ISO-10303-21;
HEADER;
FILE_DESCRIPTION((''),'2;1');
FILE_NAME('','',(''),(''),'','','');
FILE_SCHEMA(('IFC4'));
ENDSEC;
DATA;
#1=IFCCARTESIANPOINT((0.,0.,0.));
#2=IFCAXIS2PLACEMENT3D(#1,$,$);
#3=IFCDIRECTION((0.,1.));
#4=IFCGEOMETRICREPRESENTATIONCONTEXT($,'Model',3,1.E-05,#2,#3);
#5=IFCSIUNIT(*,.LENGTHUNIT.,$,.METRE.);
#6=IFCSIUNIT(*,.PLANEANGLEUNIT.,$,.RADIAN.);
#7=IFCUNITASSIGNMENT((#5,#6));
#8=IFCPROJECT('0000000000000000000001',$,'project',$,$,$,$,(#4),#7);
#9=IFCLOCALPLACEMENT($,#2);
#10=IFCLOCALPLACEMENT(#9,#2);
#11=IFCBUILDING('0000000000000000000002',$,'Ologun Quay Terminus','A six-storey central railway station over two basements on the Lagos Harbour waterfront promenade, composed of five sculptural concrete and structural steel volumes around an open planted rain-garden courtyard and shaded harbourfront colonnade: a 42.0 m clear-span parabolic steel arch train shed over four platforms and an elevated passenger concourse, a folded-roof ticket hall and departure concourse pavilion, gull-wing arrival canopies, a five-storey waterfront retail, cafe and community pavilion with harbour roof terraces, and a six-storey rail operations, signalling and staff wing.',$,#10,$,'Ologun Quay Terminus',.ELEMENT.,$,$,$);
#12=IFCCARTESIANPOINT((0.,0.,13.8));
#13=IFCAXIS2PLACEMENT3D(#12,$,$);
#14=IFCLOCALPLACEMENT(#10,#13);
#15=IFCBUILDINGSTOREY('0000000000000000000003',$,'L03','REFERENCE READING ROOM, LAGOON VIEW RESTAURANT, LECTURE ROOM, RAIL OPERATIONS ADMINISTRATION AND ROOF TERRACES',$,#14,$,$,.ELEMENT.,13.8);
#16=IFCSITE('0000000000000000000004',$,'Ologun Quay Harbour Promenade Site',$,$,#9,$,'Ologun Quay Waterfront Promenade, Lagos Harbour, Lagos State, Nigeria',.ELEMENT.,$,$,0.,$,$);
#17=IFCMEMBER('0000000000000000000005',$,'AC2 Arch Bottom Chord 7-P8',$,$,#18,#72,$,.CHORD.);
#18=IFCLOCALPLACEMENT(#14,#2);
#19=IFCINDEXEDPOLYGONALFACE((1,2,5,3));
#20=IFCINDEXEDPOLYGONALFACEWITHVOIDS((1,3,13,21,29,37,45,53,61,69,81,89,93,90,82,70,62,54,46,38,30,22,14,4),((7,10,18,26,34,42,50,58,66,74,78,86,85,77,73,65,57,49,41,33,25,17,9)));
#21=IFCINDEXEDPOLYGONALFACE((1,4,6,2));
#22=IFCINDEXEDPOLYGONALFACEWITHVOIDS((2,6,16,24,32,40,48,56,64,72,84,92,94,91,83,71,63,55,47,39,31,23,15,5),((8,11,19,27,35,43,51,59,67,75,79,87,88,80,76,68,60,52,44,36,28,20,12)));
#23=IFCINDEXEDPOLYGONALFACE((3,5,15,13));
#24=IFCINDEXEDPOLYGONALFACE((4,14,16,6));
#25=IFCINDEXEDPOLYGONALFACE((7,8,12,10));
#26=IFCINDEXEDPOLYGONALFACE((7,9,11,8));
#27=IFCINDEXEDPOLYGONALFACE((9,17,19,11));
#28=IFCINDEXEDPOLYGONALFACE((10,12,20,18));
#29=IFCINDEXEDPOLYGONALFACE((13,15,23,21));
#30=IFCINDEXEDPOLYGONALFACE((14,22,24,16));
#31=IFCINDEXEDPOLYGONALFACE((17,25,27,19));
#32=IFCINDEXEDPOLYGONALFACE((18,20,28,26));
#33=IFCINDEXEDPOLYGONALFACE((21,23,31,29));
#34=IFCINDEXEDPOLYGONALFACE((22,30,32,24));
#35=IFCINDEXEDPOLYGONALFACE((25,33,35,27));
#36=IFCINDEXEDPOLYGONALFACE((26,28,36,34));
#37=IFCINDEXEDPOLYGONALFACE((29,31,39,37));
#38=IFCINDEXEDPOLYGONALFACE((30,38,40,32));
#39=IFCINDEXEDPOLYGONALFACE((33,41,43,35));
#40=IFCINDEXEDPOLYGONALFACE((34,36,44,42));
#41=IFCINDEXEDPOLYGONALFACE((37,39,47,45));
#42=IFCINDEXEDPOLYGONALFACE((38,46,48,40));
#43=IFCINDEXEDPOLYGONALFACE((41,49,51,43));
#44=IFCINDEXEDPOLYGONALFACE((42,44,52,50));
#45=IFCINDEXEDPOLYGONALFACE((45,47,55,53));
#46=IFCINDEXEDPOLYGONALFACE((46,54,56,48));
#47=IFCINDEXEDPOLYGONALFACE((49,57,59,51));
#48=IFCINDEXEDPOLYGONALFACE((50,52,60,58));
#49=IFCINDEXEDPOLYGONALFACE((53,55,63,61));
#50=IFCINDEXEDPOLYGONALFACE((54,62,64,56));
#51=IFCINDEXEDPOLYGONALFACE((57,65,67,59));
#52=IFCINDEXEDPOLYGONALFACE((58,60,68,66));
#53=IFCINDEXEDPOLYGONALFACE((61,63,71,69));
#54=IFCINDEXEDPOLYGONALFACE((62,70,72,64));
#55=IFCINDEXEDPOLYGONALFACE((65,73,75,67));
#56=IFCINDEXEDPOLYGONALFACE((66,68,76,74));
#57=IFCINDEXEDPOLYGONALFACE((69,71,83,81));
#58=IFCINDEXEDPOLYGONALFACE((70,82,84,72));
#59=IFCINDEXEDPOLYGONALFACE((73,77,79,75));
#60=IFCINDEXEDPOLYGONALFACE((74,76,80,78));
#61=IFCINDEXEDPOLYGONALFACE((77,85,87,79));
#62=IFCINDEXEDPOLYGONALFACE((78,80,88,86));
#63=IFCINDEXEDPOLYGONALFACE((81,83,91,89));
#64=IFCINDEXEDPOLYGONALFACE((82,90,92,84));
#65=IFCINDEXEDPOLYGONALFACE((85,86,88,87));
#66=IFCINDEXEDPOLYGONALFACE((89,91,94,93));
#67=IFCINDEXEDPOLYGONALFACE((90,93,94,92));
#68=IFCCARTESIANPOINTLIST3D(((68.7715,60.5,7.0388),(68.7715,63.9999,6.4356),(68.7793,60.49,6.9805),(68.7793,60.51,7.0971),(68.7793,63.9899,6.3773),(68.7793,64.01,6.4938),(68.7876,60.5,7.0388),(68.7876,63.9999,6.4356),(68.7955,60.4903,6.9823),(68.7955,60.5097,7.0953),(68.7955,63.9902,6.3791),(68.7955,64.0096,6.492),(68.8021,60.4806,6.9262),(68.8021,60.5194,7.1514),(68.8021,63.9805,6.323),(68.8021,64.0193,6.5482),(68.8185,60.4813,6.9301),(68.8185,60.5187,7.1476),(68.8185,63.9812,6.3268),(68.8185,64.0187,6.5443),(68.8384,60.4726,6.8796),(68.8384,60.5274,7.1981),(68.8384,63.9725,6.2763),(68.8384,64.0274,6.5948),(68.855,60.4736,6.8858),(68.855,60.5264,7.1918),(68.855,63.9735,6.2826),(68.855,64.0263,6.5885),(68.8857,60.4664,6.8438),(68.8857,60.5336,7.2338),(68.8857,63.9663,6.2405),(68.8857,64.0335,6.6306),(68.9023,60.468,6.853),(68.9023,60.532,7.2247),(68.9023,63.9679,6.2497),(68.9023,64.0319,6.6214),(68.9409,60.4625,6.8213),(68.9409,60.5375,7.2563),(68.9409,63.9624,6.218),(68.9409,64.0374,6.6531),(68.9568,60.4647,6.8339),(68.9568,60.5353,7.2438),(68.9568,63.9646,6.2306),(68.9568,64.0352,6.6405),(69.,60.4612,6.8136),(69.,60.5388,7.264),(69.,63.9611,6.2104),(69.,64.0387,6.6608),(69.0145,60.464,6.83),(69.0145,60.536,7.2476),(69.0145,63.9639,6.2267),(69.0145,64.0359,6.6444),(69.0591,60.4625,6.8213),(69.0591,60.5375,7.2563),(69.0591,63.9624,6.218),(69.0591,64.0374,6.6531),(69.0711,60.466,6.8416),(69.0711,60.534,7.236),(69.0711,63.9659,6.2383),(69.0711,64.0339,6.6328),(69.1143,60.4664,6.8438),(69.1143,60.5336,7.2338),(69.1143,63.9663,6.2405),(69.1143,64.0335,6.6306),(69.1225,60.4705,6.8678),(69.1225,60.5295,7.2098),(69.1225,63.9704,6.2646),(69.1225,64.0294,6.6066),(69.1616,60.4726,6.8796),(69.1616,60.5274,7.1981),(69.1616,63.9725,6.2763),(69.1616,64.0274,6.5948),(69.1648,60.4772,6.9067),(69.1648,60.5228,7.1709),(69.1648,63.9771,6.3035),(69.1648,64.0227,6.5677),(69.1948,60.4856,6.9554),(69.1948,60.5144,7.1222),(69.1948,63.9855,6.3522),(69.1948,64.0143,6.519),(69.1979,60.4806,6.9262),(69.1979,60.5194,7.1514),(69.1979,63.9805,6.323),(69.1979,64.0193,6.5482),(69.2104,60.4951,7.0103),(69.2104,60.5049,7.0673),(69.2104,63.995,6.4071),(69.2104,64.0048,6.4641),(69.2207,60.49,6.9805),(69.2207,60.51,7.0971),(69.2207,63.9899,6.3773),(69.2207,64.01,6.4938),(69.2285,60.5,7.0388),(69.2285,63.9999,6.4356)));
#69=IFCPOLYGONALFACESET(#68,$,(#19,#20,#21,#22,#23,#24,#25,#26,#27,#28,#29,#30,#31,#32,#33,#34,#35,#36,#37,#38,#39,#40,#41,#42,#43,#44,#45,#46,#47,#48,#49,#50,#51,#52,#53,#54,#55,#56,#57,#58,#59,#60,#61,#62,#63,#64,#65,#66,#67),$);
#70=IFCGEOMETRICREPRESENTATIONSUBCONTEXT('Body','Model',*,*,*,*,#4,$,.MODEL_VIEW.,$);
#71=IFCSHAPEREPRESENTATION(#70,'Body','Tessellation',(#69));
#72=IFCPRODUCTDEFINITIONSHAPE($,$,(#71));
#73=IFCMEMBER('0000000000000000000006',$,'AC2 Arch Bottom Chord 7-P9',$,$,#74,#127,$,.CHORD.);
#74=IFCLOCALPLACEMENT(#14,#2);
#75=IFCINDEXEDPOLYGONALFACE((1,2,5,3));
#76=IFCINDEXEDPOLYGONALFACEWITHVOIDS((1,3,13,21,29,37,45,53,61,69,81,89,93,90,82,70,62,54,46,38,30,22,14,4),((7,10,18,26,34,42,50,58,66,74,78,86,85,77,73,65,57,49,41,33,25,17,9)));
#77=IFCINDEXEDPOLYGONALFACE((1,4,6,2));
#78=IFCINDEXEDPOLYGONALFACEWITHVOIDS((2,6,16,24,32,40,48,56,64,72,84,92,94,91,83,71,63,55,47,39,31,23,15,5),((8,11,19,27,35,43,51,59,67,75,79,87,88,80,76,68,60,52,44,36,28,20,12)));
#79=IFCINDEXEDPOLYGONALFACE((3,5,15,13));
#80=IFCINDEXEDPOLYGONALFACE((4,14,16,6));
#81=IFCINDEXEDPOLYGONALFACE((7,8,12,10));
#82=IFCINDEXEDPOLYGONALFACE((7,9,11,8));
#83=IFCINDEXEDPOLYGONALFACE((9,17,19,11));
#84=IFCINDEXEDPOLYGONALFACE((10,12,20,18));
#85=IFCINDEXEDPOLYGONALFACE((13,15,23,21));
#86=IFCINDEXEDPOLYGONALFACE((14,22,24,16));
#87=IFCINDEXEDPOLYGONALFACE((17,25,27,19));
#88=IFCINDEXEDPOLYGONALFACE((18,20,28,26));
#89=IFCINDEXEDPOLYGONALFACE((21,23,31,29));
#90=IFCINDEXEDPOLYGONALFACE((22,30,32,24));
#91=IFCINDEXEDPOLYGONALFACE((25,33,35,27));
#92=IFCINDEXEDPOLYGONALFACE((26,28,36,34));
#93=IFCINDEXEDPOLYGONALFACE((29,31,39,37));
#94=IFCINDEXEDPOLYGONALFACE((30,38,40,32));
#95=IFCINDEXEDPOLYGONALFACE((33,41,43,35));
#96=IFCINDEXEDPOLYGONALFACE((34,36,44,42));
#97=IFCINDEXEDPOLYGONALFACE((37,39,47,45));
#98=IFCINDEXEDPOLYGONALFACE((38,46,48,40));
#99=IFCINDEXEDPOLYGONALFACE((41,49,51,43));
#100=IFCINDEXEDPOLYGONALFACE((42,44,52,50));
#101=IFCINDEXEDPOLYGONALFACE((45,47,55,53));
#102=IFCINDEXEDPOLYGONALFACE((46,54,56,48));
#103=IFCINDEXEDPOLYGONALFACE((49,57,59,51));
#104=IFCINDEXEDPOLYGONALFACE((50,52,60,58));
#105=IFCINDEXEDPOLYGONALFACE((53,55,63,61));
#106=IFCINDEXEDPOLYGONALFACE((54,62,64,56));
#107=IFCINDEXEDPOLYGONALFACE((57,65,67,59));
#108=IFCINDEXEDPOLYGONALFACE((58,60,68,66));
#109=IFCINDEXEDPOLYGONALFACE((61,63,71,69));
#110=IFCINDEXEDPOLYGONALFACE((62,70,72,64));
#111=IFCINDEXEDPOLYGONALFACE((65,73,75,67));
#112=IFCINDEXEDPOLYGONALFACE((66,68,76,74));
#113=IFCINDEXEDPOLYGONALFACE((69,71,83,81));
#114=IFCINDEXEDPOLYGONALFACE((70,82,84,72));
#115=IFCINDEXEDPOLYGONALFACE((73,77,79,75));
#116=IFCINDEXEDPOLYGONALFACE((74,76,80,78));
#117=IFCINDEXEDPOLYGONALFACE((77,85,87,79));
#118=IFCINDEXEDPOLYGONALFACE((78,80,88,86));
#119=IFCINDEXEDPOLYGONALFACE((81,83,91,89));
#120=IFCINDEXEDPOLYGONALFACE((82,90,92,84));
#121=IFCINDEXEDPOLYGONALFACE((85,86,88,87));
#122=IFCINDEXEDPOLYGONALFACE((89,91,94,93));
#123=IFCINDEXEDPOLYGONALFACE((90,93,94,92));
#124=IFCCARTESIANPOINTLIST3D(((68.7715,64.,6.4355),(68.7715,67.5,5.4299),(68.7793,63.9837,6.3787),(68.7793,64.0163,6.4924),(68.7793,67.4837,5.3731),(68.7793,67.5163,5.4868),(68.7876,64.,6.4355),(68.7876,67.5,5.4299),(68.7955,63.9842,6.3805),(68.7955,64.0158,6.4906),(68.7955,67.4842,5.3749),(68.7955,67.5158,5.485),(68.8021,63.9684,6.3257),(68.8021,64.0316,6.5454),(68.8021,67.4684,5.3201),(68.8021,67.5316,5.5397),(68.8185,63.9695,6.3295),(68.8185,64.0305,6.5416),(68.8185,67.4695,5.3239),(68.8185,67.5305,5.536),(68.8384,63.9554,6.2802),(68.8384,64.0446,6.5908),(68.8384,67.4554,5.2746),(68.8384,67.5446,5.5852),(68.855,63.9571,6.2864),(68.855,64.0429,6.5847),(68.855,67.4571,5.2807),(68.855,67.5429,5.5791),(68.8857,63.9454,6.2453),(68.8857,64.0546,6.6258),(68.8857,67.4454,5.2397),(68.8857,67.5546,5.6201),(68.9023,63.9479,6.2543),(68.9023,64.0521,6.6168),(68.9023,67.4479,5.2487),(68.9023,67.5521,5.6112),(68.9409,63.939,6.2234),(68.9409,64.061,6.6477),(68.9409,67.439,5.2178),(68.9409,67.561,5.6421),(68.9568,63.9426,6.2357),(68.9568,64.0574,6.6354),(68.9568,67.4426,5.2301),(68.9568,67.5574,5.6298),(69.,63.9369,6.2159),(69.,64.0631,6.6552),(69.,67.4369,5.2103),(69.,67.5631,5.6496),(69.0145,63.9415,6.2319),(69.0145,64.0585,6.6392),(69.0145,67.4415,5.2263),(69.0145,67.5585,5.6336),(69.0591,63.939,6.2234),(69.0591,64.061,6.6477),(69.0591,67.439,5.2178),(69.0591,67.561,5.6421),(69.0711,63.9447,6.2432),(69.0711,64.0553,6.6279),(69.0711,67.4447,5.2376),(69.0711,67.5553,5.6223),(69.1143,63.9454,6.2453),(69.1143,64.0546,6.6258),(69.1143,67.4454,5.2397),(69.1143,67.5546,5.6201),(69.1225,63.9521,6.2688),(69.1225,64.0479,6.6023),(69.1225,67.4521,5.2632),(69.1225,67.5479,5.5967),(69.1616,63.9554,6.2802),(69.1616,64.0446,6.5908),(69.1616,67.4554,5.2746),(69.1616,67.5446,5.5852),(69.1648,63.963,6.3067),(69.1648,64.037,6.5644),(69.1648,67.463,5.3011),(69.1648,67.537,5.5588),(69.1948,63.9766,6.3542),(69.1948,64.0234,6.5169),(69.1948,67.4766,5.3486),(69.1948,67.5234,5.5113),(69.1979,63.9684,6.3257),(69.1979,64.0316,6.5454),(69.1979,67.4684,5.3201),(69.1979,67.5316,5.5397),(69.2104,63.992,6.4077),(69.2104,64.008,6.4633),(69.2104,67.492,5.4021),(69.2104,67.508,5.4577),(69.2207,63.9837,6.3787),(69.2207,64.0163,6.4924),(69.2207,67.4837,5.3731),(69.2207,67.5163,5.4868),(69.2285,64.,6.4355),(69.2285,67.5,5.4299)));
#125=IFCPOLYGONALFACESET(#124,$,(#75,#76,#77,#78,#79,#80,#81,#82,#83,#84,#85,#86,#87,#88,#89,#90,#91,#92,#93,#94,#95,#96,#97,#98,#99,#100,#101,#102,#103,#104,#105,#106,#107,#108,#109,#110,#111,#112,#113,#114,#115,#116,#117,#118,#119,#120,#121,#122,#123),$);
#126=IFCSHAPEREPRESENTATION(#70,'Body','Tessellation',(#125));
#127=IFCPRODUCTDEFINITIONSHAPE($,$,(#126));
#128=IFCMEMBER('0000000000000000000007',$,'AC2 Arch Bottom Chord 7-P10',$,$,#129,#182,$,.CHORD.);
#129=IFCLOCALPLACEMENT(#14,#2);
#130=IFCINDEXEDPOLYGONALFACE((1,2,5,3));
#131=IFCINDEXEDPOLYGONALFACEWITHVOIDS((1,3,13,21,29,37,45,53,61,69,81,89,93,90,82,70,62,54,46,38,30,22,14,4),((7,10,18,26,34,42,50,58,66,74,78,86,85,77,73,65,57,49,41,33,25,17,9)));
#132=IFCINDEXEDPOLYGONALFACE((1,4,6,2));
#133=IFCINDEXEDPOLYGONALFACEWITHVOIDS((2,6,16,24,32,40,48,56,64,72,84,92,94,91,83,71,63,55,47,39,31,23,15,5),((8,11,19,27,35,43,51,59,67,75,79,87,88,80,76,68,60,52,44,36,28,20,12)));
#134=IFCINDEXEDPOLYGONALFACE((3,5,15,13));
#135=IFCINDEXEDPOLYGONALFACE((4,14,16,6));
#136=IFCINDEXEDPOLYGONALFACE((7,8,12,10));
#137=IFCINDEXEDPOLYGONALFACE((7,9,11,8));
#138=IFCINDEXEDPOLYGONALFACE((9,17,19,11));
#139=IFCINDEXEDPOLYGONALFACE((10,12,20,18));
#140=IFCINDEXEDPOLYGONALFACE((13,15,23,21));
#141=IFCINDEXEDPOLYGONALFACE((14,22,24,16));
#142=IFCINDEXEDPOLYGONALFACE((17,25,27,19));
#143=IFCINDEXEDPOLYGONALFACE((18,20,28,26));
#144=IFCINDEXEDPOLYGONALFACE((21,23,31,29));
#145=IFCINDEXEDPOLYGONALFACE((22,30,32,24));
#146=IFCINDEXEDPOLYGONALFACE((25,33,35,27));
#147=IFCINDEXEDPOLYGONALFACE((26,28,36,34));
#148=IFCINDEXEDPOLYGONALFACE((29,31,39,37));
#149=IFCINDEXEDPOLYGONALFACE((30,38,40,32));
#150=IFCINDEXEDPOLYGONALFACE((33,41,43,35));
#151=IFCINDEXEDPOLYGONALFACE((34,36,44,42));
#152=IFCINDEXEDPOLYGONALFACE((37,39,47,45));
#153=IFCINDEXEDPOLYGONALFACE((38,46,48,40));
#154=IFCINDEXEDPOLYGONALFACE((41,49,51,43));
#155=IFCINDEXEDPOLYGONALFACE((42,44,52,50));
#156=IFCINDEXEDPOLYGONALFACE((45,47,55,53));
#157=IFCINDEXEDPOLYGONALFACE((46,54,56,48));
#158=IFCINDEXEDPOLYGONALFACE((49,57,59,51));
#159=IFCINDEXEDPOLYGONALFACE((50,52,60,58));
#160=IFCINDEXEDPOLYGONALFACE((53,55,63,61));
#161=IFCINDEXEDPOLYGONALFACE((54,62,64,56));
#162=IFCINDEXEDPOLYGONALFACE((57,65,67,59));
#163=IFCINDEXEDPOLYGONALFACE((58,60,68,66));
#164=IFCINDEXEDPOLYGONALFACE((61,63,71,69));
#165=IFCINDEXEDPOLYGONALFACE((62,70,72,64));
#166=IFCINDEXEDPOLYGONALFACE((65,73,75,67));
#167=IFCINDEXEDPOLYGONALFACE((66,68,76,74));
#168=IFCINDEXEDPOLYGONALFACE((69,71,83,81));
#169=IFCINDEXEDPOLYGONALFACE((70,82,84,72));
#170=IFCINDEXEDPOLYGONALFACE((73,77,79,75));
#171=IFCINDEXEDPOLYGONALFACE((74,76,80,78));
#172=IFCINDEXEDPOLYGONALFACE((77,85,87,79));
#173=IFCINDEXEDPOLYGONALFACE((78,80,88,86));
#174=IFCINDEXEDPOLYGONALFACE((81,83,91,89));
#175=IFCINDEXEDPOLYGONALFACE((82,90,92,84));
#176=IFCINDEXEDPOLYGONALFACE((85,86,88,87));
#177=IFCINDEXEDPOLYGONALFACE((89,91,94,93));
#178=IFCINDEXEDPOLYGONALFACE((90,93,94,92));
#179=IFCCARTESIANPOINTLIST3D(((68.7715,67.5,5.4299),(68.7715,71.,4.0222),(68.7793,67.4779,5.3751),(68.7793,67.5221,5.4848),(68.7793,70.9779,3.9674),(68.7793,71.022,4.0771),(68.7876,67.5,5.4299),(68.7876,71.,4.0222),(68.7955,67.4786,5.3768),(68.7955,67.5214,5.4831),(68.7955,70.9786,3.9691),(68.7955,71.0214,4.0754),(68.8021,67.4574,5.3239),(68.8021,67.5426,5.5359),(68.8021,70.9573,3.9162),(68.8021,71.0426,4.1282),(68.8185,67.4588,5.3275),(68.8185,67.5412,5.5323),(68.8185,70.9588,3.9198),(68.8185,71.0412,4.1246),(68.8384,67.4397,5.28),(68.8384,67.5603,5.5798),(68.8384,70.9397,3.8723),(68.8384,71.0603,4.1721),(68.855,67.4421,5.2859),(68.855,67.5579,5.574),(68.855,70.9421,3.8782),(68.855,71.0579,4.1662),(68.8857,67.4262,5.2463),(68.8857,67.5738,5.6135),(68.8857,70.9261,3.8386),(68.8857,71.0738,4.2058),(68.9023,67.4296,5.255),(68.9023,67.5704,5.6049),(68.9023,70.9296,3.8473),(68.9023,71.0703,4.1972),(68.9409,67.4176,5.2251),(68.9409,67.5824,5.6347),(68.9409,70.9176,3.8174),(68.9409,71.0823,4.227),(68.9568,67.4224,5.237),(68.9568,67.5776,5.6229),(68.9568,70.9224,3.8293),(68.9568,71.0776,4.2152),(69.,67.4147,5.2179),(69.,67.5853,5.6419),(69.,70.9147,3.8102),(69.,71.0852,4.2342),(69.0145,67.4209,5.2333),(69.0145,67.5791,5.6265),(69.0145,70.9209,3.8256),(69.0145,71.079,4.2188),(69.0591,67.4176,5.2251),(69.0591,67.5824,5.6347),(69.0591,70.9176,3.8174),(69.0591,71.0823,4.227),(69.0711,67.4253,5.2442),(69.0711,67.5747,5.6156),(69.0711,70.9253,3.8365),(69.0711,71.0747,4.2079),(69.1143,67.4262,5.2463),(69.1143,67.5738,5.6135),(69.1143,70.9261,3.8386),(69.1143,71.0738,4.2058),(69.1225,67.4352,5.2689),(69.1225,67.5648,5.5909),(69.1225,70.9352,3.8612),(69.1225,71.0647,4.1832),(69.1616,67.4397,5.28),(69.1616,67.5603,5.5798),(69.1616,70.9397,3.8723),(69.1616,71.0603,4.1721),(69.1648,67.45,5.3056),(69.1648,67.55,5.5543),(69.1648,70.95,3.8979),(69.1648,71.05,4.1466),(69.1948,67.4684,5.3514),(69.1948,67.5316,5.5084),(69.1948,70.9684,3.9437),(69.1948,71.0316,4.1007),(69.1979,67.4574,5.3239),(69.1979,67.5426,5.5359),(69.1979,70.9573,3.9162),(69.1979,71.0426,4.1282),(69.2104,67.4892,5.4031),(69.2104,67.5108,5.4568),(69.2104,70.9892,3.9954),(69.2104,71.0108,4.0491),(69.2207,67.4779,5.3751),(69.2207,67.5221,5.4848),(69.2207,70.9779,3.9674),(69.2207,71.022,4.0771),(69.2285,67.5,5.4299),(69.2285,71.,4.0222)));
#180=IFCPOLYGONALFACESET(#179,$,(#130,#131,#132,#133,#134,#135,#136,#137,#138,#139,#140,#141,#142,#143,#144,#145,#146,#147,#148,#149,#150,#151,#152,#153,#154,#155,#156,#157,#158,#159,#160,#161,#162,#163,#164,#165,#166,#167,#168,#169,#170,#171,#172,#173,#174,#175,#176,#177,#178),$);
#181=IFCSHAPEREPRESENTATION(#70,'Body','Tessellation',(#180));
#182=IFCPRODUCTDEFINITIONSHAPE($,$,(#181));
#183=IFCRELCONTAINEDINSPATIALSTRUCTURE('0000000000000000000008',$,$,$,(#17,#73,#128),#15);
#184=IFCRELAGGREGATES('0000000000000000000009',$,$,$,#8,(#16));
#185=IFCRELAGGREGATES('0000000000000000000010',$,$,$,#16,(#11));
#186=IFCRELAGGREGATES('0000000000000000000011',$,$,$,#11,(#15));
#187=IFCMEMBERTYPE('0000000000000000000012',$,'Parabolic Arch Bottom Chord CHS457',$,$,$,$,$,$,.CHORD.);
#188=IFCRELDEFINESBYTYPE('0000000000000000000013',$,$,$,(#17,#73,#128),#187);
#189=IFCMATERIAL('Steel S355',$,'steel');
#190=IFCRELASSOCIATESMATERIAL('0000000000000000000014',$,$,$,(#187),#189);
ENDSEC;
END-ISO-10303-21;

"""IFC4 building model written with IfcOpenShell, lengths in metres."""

from ifc_helpers import new_model, si_unit, direction, frame, origin, origin_2d, place, context, subcontext, project, spatial, hollow_circle, extrude, material, material_profile, profile_set, type_object, element, save


model = new_model("IFC4")

# Units and contexts
model_context = context("Model", 3, precision=1e-05, world=origin(), true_north=direction((0.0, 1.0)))
body_context = subcontext(model_context, "Body", "Model", "MODEL_VIEW")
ifc_project = project(units=[si_unit("LENGTHUNIT", "METRE"), si_unit("PLANEANGLEUNIT", "RADIAN")], contexts=[model_context])

# Site, building, storey
site_placement = place(None, origin())
site = spatial("IfcSite", under=ifc_project, at=site_placement, Name="Ologun Quay Harbour Promenade Site", LongName="Ologun Quay Waterfront Promenade, Lagos Harbour, Lagos State, Nigeria", CompositionType="ELEMENT", RefElevation=0.0)
building_placement = place(site_placement, origin())
building = spatial("IfcBuilding", under=site, at=building_placement, Name="Ologun Quay Terminus", Description="A six-storey central railway station over two basements on the Lagos Harbour waterfront promenade, composed of five sculptural concrete and structural steel volumes around an open planted rain-garden courtyard and shaded harbourfront colonnade: a 42.0 m clear-span parabolic steel arch train shed over four platforms and an elevated passenger concourse, a folded-roof ticket hall and departure concourse pavilion, gull-wing arrival canopies, a five-storey waterfront retail, cafe and community pavilion with harbour roof terraces, and a six-storey rail operations, signalling and staff wing.", LongName="Ologun Quay Terminus", CompositionType="ELEMENT")
storey_placement = place(building_placement, frame((0.0, 0.0, 13.8)))
storey = spatial("IfcBuildingStorey", under=building, at=storey_placement, Name="L03", Description="REFERENCE READING ROOM, LAGOON VIEW RESTAURANT, LECTURE ROOM, RAIL OPERATIONS ADMINISTRATION AND ROOF TERRACES", CompositionType="ELEMENT", Elevation=13.8)

# Members
ifc_material_1 = material(Name="Steel S355", Category="steel")
ifc_material_profile_1 = material_profile(ifc_material_1, hollow_circle(Radius=0.2285, WallThickness=0.0161, at=origin_2d()), Name="CHS 457x16")
ifc_profile_set_1 = profile_set([ifc_material_profile_1], Name="Steel S355")
member_type_1 = type_object("IfcMemberType", Name="Parabolic Arch Bottom Chord CHS457", PredefinedType="CHORD", material=ifc_profile_set_1)
member_1_placement = place(storey_placement, frame((69.0, 60.5, 7.0388), z_axis=(0.0, 0.985468, -0.169859), x_axis=(-1.0, 0.0, 0.0)))
element("IfcMember", 1, at=member_1_placement, inside=storey, type_object=member_type_1, Name="AC2 Arch Bottom Chord 7-P8", PredefinedType="CHORD", context=body_context, shape_type="SweptSolid", body=[
    extrude(hollow_circle(Radius=0.2285, WallThickness=0.0161, at=origin_2d()), origin(), (0.0, 0.0, 1.0), 3.5515),
])
member_2_placement = place(storey_placement, frame((69.0, 64.0, 6.4355), z_axis=(0.0, 0.961116, -0.276146), x_axis=(-1.0, 0.0, 0.0)))
element("IfcMember", 2, at=member_2_placement, inside=storey, type_object=member_type_1, Name="AC2 Arch Bottom Chord 7-P9", PredefinedType="CHORD", context=body_context, shape_type="SweptSolid", body=[
    extrude(hollow_circle(Radius=0.2285, WallThickness=0.0161, at=origin_2d()), origin(), (0.0, 0.0, 1.0), 3.6416),
])
member_3_placement = place(storey_placement, frame((69.0, 67.5, 5.4299), z_axis=(0.0, 0.92777, -0.373153), x_axis=(-1.0, 0.0, 0.0)))
element("IfcMember", 3, at=member_3_placement, inside=storey, type_object=member_type_1, Name="AC2 Arch Bottom Chord 7-P10", PredefinedType="CHORD", context=body_context, shape_type="SweptSolid", body=[
    extrude(hollow_circle(Radius=0.2285, WallThickness=0.0161, at=origin_2d()), origin(), (0.0, 0.0, 1.0), 3.7725),
])

save(model, "model.ifc")
